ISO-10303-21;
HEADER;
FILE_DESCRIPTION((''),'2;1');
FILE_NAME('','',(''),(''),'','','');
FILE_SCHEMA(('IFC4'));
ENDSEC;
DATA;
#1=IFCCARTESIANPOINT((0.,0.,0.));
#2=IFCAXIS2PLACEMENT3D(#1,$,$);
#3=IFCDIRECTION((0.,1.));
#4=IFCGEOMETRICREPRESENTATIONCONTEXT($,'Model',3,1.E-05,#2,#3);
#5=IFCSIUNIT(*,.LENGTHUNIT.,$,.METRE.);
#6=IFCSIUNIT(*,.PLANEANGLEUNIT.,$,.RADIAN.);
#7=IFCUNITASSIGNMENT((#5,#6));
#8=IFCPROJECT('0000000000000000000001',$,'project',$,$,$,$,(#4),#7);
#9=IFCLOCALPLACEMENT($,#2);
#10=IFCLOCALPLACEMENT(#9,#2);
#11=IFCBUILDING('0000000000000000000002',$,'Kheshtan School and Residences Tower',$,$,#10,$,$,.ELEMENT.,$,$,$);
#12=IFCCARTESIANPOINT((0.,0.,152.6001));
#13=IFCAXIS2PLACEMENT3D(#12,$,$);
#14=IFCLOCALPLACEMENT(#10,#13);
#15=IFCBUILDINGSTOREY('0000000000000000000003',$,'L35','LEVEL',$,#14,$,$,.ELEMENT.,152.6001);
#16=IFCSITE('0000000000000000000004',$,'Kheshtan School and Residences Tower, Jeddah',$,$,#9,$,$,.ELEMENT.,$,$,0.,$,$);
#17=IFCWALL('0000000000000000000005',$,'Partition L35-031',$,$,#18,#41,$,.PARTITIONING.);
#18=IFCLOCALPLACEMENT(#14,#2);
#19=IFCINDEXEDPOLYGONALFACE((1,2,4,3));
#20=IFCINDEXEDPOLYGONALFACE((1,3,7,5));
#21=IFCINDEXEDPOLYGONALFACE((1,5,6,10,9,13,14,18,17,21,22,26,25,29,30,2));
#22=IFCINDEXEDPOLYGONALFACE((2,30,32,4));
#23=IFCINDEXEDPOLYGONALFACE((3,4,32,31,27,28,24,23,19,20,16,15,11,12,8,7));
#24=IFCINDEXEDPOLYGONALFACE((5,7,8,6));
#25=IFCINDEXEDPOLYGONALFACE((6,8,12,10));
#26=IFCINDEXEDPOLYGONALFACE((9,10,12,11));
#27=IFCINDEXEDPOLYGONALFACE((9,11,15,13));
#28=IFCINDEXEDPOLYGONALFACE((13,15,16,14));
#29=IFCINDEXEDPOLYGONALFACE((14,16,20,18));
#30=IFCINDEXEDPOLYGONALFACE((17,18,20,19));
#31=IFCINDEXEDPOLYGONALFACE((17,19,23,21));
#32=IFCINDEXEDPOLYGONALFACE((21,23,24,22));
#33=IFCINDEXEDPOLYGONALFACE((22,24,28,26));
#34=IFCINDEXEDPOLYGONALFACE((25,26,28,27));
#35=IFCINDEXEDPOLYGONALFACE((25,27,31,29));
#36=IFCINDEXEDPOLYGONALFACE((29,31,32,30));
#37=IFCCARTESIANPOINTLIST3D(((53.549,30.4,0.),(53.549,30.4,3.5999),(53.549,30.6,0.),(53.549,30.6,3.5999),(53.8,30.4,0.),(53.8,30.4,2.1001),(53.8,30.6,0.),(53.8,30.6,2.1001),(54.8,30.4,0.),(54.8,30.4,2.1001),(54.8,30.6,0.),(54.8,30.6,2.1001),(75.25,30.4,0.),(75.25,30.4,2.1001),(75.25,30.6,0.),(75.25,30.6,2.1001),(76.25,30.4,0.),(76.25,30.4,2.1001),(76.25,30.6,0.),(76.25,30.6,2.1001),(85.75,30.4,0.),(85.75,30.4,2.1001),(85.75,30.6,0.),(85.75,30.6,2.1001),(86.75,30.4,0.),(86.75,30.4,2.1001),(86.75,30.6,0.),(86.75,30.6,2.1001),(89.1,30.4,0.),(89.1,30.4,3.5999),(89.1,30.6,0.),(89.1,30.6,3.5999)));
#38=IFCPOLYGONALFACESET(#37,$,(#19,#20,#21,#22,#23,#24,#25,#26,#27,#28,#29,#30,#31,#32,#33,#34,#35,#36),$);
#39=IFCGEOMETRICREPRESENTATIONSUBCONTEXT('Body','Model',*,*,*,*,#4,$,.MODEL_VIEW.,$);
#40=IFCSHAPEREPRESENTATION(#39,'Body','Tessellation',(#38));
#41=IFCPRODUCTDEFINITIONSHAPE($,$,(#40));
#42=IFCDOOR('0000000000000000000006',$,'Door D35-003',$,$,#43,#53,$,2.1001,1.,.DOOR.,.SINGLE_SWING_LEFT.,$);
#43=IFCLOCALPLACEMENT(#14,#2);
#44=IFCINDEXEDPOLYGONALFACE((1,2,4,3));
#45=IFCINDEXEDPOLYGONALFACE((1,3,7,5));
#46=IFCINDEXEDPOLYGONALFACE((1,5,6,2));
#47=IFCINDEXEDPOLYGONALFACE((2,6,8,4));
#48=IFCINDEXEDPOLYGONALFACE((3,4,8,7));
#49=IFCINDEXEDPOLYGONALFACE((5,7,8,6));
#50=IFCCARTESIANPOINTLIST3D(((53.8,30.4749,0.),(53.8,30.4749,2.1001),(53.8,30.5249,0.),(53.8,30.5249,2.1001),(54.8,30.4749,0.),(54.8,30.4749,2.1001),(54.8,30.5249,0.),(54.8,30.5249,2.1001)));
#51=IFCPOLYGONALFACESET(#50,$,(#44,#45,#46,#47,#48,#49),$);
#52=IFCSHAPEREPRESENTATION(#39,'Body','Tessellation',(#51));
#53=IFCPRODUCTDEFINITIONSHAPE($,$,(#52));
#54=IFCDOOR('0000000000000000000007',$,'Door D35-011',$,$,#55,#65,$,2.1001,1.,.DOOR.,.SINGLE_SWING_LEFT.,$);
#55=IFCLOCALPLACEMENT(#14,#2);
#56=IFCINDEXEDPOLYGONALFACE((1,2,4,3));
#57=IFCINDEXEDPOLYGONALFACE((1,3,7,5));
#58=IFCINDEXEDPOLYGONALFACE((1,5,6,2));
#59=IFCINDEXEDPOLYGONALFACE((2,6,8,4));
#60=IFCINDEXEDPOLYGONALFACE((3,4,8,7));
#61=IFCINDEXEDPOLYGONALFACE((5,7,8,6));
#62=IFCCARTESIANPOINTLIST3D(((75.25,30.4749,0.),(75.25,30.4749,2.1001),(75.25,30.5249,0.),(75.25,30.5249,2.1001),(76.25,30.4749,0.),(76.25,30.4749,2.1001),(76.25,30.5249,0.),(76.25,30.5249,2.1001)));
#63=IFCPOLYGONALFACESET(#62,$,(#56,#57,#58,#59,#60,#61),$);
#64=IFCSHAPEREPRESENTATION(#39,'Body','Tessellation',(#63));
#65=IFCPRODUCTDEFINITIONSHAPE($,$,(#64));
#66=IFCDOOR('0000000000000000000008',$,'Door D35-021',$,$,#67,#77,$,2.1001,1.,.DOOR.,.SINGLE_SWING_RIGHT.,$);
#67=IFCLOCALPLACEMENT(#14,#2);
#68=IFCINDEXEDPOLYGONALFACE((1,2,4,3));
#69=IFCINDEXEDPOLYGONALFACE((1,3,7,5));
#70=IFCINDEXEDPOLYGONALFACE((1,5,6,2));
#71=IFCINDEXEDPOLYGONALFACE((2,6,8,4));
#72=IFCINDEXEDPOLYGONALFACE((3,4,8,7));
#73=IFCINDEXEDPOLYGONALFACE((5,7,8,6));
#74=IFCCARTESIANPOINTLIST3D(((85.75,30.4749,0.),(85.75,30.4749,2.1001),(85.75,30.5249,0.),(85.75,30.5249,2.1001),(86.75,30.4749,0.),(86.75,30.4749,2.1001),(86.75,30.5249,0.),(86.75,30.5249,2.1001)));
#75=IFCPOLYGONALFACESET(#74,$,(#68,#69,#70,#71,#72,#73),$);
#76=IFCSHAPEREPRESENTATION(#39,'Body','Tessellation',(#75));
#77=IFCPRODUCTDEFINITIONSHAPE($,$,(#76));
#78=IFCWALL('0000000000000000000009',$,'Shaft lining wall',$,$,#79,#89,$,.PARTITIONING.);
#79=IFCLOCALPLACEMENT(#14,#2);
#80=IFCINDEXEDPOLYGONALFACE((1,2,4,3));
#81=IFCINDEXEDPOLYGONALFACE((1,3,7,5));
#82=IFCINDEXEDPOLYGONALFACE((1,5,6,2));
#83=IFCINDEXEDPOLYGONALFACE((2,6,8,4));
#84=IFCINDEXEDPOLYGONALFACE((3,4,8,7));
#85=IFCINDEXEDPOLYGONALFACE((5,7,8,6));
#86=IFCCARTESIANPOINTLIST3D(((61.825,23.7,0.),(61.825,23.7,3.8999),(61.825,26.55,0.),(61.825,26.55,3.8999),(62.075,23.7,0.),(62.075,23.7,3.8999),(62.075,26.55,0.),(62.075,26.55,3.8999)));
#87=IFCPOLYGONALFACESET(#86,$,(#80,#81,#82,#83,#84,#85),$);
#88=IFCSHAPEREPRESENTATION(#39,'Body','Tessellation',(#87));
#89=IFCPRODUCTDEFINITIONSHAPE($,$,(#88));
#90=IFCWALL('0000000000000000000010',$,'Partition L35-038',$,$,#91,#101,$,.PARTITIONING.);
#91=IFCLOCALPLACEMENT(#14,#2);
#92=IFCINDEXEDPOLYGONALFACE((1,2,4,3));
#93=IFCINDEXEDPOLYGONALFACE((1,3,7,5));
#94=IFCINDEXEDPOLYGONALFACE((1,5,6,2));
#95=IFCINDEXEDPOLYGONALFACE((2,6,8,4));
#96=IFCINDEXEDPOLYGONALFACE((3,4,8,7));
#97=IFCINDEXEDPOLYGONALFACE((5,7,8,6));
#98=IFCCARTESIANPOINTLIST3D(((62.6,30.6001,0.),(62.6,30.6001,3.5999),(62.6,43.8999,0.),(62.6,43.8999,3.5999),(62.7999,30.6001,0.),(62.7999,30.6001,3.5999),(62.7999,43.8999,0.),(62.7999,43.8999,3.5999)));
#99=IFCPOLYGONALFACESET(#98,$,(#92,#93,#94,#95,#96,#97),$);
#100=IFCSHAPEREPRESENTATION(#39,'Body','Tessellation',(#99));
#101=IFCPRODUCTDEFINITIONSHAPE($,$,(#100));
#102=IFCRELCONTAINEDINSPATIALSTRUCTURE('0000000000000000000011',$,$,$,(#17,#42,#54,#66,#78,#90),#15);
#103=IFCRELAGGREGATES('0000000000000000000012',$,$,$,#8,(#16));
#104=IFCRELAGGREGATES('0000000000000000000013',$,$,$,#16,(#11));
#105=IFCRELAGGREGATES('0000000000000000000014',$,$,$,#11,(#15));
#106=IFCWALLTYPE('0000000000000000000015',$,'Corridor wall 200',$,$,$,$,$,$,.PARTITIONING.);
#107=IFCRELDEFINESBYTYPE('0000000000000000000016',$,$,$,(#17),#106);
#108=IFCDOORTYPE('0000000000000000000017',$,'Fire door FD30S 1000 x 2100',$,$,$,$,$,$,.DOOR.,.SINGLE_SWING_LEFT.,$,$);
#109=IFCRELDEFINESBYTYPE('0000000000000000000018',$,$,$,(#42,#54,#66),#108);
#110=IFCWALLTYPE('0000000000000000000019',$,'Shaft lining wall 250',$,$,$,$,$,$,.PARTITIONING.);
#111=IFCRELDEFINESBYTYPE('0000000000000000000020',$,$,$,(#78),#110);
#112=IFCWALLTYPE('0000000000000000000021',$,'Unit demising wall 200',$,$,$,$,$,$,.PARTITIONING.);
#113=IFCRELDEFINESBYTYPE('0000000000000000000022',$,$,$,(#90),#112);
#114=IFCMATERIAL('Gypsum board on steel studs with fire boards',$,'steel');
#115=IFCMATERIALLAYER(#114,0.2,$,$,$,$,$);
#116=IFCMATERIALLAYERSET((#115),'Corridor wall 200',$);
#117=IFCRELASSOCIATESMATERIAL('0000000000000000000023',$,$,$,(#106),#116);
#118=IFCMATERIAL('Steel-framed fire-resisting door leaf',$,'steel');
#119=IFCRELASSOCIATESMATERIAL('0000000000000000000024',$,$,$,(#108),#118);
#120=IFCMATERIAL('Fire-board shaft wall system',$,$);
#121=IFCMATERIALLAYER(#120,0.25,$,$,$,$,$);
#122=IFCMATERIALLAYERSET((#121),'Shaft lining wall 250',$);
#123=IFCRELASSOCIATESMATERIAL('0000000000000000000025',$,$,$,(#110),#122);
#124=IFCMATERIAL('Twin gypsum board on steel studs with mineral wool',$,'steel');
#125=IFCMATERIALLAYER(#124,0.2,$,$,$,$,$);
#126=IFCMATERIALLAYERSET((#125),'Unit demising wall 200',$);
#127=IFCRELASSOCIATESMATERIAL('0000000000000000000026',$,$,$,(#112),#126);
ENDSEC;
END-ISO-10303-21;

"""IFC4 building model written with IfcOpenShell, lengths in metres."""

from ifc_helpers import new_model, si_unit, direction, frame, frame_2d, origin, place, context, subcontext, project, spatial, rectangle, extrude, source, transform, mapped, material, layer, layer_set, type_object, element, fill, save


model = new_model("IFC4")

# Units and contexts
model_context = context("Model", 3, precision=1e-05, world=origin(), true_north=direction((0.0, 1.0)))
body_context = subcontext(model_context, "Body", "Model", "MODEL_VIEW")
ifc_project = project(units=[si_unit("LENGTHUNIT", "METRE"), si_unit("PLANEANGLEUNIT", "RADIAN")], contexts=[model_context])

# Site, building, storey
site_placement = place(None, origin())
site = spatial("IfcSite", under=ifc_project, at=site_placement, Name="Kheshtan School and Residences Tower, Jeddah", CompositionType="ELEMENT", RefElevation=0.0)
building_placement = place(site_placement, origin())
building = spatial("IfcBuilding", under=site, at=building_placement, Name="Kheshtan School and Residences Tower", CompositionType="ELEMENT")
storey_placement = place(building_placement, frame((0.0, 0.0, 152.6001)))
storey = spatial("IfcBuildingStorey", under=building, at=storey_placement, Name="L35", Description="LEVEL", CompositionType="ELEMENT", Elevation=152.6001)

# Wall, openings, doors
ifc_material_1 = material(Name="Gypsum board on steel studs with fire boards", Category="steel")
ifc_layer_1 = layer(ifc_material_1, 0.2)
ifc_layer_set_1 = layer_set([ifc_layer_1], Name="Corridor wall 200")
wall_type_1 = type_object("IfcWallType", Name="Corridor wall 200", PredefinedType="PARTITIONING", material=ifc_layer_set_1)
wall_1_placement = place(storey_placement, frame((53.5491, 30.5, 0.0), z_axis=(0.0, 0.0, 1.0), x_axis=(1.0, 0.0, 0.0)))
wall_1 = element("IfcWall", 1, at=wall_1_placement, inside=storey, type_object=wall_type_1, Name="Partition L35-031", PredefinedType="PARTITIONING", context=body_context, shape_type="SweptSolid", body=[
    extrude(rectangle(XDim=35.551, YDim=0.2, at=frame_2d((17.7754, 0.0))), origin(), (0.0, 0.0, 1.0), 3.5999),
])
opening_1_placement = place(wall_1_placement, frame((0.251, 0.0, 0.0)))
opening_1 = element("IfcOpeningElement", 2, at=opening_1_placement, cuts=wall_1, PredefinedType="OPENING", context=body_context, shape_type="SweptSolid", body=[
    extrude(rectangle(XDim=1.0, YDim=2.1001, at=frame_2d((0.5, 1.05))), frame((0.0, 0.1099, 0.0), z_axis=(0.0, -1.0, 0.0), x_axis=(1.0, 0.0, 0.0)), (0.0, 0.0, 1.0), 0.22),
])
opening_2_placement = place(wall_1_placement, frame((21.7009, 0.0, 0.0)))
opening_2 = element("IfcOpeningElement", 3, at=opening_2_placement, cuts=wall_1, PredefinedType="OPENING", context=body_context, shape_type="SweptSolid", body=[
    extrude(rectangle(XDim=1.0, YDim=2.1001, at=frame_2d((0.5, 1.05))), frame((0.0, 0.1099, 0.0), z_axis=(0.0, -1.0, 0.0), x_axis=(1.0, 0.0, 0.0)), (0.0, 0.0, 1.0), 0.22),
])
opening_3_placement = place(wall_1_placement, frame((32.2009, 0.0, 0.0)))
opening_3 = element("IfcOpeningElement", 4, at=opening_3_placement, cuts=wall_1, PredefinedType="OPENING", context=body_context, shape_type="SweptSolid", body=[
    extrude(rectangle(XDim=1.0, YDim=2.1001, at=frame_2d((0.5, 1.05))), frame((0.0, 0.1099, 0.0), z_axis=(0.0, -1.0, 0.0), x_axis=(1.0, 0.0, 0.0)), (0.0, 0.0, 1.0), 0.22),
])
ifc_material_2 = material(Name="Steel-framed fire-resisting door leaf", Category="steel")
door_type_1 = type_object("IfcDoorType", Name="Fire door FD30S 1000 x 2100", OperationType="SINGLE_SWING_LEFT", PredefinedType="DOOR", material=ifc_material_2)
shared_shape_1 = source(origin(), body_context, "Body", "SweptSolid", [
    extrude(rectangle(XDim=1.0, YDim=2.1001, at=frame_2d((0.5, 1.05))), frame((0.0, 0.0249, 0.0), z_axis=(0.0, -1.0, 0.0), x_axis=(1.0, 0.0, 0.0)), (0.0, 0.0, 1.0), 0.05),
])
door_1_placement = place(opening_1_placement, origin())
door_1 = element("IfcDoor", 5, at=door_1_placement, inside=storey, type_object=door_type_1, Name="Door D35-003", OperationType="SINGLE_SWING_LEFT", OverallHeight=2.1001, OverallWidth=1.0, PredefinedType="DOOR", context=body_context, shape_type="MappedRepresentation", body=[
    mapped(shared_shape_1, transform((0.0, 0.0, 0.0), x_axis=(1.0, 0.0, 0.0), y_axis=(0.0, 1.0, 0.0), z_axis=(0.0, 0.0, 1.0), scale=1.0)),
])
fill(opening_1, door_1)
door_2_placement = place(opening_2_placement, origin())
door_2 = element("IfcDoor", 6, at=door_2_placement, inside=storey, type_object=door_type_1, Name="Door D35-011", OperationType="SINGLE_SWING_LEFT", OverallHeight=2.1001, OverallWidth=1.0, PredefinedType="DOOR", context=body_context, shape_type="MappedRepresentation", body=[
    mapped(shared_shape_1, transform((0.0, 0.0, 0.0), x_axis=(1.0, 0.0, 0.0), y_axis=(0.0, 1.0, 0.0), z_axis=(0.0, 0.0, 1.0), scale=1.0)),
])
fill(opening_2, door_2)
door_3_placement = place(opening_3_placement, origin())
door_3 = element("IfcDoor", 7, at=door_3_placement, inside=storey, type_object=door_type_1, Name="Door D35-021", OperationType="SINGLE_SWING_RIGHT", OverallHeight=2.1001, OverallWidth=1.0, PredefinedType="DOOR", context=body_context, shape_type="MappedRepresentation", body=[
    mapped(shared_shape_1, transform((0.0, 0.0, 0.0), x_axis=(1.0, 0.0, 0.0), y_axis=(0.0, 1.0, 0.0), z_axis=(0.0, 0.0, 1.0), scale=1.0)),
])
fill(opening_3, door_3)

# Walls
ifc_material_3 = material(Name="Fire-board shaft wall system")
ifc_layer_2 = layer(ifc_material_3, 0.25)
ifc_layer_set_2 = layer_set([ifc_layer_2], Name="Shaft lining wall 250")
wall_type_2 = type_object("IfcWallType", Name="Shaft lining wall 250", PredefinedType="PARTITIONING", material=ifc_layer_set_2)
wall_2_placement = place(storey_placement, frame((61.95, 23.7, 0.0), z_axis=(0.0, 0.0, 1.0), x_axis=(0.0, 1.0, 0.0)))
element("IfcWall", 8, at=wall_2_placement, inside=storey, type_object=wall_type_2, Name="Shaft lining wall", PredefinedType="PARTITIONING", context=body_context, shape_type="SweptSolid", body=[
    extrude(rectangle(XDim=2.8501, YDim=0.25, at=frame_2d((1.425, 0.0))), origin(), (0.0, 0.0, 1.0), 3.8999),
])
ifc_material_4 = material(Name="Twin gypsum board on steel studs with mineral wool", Category="steel")
ifc_layer_3 = layer(ifc_material_4, 0.2)
ifc_layer_set_3 = layer_set([ifc_layer_3], Name="Unit demising wall 200")
wall_type_3 = type_object("IfcWallType", Name="Unit demising wall 200", PredefinedType="PARTITIONING", material=ifc_layer_set_3)
wall_3_placement = place(storey_placement, frame((62.7, 30.6001, 0.0), z_axis=(0.0, 0.0, 1.0), x_axis=(0.0, 1.0, 0.0)))
element("IfcWall", 9, at=wall_3_placement, inside=storey, type_object=wall_type_3, Name="Partition L35-038", PredefinedType="PARTITIONING", context=body_context, shape_type="SweptSolid", body=[
    extrude(rectangle(XDim=13.2998, YDim=0.2, at=frame_2d((6.6499, 0.0))), origin(), (0.0, 0.0, 1.0), 3.5999),
])

save(model, "model.ifc")
